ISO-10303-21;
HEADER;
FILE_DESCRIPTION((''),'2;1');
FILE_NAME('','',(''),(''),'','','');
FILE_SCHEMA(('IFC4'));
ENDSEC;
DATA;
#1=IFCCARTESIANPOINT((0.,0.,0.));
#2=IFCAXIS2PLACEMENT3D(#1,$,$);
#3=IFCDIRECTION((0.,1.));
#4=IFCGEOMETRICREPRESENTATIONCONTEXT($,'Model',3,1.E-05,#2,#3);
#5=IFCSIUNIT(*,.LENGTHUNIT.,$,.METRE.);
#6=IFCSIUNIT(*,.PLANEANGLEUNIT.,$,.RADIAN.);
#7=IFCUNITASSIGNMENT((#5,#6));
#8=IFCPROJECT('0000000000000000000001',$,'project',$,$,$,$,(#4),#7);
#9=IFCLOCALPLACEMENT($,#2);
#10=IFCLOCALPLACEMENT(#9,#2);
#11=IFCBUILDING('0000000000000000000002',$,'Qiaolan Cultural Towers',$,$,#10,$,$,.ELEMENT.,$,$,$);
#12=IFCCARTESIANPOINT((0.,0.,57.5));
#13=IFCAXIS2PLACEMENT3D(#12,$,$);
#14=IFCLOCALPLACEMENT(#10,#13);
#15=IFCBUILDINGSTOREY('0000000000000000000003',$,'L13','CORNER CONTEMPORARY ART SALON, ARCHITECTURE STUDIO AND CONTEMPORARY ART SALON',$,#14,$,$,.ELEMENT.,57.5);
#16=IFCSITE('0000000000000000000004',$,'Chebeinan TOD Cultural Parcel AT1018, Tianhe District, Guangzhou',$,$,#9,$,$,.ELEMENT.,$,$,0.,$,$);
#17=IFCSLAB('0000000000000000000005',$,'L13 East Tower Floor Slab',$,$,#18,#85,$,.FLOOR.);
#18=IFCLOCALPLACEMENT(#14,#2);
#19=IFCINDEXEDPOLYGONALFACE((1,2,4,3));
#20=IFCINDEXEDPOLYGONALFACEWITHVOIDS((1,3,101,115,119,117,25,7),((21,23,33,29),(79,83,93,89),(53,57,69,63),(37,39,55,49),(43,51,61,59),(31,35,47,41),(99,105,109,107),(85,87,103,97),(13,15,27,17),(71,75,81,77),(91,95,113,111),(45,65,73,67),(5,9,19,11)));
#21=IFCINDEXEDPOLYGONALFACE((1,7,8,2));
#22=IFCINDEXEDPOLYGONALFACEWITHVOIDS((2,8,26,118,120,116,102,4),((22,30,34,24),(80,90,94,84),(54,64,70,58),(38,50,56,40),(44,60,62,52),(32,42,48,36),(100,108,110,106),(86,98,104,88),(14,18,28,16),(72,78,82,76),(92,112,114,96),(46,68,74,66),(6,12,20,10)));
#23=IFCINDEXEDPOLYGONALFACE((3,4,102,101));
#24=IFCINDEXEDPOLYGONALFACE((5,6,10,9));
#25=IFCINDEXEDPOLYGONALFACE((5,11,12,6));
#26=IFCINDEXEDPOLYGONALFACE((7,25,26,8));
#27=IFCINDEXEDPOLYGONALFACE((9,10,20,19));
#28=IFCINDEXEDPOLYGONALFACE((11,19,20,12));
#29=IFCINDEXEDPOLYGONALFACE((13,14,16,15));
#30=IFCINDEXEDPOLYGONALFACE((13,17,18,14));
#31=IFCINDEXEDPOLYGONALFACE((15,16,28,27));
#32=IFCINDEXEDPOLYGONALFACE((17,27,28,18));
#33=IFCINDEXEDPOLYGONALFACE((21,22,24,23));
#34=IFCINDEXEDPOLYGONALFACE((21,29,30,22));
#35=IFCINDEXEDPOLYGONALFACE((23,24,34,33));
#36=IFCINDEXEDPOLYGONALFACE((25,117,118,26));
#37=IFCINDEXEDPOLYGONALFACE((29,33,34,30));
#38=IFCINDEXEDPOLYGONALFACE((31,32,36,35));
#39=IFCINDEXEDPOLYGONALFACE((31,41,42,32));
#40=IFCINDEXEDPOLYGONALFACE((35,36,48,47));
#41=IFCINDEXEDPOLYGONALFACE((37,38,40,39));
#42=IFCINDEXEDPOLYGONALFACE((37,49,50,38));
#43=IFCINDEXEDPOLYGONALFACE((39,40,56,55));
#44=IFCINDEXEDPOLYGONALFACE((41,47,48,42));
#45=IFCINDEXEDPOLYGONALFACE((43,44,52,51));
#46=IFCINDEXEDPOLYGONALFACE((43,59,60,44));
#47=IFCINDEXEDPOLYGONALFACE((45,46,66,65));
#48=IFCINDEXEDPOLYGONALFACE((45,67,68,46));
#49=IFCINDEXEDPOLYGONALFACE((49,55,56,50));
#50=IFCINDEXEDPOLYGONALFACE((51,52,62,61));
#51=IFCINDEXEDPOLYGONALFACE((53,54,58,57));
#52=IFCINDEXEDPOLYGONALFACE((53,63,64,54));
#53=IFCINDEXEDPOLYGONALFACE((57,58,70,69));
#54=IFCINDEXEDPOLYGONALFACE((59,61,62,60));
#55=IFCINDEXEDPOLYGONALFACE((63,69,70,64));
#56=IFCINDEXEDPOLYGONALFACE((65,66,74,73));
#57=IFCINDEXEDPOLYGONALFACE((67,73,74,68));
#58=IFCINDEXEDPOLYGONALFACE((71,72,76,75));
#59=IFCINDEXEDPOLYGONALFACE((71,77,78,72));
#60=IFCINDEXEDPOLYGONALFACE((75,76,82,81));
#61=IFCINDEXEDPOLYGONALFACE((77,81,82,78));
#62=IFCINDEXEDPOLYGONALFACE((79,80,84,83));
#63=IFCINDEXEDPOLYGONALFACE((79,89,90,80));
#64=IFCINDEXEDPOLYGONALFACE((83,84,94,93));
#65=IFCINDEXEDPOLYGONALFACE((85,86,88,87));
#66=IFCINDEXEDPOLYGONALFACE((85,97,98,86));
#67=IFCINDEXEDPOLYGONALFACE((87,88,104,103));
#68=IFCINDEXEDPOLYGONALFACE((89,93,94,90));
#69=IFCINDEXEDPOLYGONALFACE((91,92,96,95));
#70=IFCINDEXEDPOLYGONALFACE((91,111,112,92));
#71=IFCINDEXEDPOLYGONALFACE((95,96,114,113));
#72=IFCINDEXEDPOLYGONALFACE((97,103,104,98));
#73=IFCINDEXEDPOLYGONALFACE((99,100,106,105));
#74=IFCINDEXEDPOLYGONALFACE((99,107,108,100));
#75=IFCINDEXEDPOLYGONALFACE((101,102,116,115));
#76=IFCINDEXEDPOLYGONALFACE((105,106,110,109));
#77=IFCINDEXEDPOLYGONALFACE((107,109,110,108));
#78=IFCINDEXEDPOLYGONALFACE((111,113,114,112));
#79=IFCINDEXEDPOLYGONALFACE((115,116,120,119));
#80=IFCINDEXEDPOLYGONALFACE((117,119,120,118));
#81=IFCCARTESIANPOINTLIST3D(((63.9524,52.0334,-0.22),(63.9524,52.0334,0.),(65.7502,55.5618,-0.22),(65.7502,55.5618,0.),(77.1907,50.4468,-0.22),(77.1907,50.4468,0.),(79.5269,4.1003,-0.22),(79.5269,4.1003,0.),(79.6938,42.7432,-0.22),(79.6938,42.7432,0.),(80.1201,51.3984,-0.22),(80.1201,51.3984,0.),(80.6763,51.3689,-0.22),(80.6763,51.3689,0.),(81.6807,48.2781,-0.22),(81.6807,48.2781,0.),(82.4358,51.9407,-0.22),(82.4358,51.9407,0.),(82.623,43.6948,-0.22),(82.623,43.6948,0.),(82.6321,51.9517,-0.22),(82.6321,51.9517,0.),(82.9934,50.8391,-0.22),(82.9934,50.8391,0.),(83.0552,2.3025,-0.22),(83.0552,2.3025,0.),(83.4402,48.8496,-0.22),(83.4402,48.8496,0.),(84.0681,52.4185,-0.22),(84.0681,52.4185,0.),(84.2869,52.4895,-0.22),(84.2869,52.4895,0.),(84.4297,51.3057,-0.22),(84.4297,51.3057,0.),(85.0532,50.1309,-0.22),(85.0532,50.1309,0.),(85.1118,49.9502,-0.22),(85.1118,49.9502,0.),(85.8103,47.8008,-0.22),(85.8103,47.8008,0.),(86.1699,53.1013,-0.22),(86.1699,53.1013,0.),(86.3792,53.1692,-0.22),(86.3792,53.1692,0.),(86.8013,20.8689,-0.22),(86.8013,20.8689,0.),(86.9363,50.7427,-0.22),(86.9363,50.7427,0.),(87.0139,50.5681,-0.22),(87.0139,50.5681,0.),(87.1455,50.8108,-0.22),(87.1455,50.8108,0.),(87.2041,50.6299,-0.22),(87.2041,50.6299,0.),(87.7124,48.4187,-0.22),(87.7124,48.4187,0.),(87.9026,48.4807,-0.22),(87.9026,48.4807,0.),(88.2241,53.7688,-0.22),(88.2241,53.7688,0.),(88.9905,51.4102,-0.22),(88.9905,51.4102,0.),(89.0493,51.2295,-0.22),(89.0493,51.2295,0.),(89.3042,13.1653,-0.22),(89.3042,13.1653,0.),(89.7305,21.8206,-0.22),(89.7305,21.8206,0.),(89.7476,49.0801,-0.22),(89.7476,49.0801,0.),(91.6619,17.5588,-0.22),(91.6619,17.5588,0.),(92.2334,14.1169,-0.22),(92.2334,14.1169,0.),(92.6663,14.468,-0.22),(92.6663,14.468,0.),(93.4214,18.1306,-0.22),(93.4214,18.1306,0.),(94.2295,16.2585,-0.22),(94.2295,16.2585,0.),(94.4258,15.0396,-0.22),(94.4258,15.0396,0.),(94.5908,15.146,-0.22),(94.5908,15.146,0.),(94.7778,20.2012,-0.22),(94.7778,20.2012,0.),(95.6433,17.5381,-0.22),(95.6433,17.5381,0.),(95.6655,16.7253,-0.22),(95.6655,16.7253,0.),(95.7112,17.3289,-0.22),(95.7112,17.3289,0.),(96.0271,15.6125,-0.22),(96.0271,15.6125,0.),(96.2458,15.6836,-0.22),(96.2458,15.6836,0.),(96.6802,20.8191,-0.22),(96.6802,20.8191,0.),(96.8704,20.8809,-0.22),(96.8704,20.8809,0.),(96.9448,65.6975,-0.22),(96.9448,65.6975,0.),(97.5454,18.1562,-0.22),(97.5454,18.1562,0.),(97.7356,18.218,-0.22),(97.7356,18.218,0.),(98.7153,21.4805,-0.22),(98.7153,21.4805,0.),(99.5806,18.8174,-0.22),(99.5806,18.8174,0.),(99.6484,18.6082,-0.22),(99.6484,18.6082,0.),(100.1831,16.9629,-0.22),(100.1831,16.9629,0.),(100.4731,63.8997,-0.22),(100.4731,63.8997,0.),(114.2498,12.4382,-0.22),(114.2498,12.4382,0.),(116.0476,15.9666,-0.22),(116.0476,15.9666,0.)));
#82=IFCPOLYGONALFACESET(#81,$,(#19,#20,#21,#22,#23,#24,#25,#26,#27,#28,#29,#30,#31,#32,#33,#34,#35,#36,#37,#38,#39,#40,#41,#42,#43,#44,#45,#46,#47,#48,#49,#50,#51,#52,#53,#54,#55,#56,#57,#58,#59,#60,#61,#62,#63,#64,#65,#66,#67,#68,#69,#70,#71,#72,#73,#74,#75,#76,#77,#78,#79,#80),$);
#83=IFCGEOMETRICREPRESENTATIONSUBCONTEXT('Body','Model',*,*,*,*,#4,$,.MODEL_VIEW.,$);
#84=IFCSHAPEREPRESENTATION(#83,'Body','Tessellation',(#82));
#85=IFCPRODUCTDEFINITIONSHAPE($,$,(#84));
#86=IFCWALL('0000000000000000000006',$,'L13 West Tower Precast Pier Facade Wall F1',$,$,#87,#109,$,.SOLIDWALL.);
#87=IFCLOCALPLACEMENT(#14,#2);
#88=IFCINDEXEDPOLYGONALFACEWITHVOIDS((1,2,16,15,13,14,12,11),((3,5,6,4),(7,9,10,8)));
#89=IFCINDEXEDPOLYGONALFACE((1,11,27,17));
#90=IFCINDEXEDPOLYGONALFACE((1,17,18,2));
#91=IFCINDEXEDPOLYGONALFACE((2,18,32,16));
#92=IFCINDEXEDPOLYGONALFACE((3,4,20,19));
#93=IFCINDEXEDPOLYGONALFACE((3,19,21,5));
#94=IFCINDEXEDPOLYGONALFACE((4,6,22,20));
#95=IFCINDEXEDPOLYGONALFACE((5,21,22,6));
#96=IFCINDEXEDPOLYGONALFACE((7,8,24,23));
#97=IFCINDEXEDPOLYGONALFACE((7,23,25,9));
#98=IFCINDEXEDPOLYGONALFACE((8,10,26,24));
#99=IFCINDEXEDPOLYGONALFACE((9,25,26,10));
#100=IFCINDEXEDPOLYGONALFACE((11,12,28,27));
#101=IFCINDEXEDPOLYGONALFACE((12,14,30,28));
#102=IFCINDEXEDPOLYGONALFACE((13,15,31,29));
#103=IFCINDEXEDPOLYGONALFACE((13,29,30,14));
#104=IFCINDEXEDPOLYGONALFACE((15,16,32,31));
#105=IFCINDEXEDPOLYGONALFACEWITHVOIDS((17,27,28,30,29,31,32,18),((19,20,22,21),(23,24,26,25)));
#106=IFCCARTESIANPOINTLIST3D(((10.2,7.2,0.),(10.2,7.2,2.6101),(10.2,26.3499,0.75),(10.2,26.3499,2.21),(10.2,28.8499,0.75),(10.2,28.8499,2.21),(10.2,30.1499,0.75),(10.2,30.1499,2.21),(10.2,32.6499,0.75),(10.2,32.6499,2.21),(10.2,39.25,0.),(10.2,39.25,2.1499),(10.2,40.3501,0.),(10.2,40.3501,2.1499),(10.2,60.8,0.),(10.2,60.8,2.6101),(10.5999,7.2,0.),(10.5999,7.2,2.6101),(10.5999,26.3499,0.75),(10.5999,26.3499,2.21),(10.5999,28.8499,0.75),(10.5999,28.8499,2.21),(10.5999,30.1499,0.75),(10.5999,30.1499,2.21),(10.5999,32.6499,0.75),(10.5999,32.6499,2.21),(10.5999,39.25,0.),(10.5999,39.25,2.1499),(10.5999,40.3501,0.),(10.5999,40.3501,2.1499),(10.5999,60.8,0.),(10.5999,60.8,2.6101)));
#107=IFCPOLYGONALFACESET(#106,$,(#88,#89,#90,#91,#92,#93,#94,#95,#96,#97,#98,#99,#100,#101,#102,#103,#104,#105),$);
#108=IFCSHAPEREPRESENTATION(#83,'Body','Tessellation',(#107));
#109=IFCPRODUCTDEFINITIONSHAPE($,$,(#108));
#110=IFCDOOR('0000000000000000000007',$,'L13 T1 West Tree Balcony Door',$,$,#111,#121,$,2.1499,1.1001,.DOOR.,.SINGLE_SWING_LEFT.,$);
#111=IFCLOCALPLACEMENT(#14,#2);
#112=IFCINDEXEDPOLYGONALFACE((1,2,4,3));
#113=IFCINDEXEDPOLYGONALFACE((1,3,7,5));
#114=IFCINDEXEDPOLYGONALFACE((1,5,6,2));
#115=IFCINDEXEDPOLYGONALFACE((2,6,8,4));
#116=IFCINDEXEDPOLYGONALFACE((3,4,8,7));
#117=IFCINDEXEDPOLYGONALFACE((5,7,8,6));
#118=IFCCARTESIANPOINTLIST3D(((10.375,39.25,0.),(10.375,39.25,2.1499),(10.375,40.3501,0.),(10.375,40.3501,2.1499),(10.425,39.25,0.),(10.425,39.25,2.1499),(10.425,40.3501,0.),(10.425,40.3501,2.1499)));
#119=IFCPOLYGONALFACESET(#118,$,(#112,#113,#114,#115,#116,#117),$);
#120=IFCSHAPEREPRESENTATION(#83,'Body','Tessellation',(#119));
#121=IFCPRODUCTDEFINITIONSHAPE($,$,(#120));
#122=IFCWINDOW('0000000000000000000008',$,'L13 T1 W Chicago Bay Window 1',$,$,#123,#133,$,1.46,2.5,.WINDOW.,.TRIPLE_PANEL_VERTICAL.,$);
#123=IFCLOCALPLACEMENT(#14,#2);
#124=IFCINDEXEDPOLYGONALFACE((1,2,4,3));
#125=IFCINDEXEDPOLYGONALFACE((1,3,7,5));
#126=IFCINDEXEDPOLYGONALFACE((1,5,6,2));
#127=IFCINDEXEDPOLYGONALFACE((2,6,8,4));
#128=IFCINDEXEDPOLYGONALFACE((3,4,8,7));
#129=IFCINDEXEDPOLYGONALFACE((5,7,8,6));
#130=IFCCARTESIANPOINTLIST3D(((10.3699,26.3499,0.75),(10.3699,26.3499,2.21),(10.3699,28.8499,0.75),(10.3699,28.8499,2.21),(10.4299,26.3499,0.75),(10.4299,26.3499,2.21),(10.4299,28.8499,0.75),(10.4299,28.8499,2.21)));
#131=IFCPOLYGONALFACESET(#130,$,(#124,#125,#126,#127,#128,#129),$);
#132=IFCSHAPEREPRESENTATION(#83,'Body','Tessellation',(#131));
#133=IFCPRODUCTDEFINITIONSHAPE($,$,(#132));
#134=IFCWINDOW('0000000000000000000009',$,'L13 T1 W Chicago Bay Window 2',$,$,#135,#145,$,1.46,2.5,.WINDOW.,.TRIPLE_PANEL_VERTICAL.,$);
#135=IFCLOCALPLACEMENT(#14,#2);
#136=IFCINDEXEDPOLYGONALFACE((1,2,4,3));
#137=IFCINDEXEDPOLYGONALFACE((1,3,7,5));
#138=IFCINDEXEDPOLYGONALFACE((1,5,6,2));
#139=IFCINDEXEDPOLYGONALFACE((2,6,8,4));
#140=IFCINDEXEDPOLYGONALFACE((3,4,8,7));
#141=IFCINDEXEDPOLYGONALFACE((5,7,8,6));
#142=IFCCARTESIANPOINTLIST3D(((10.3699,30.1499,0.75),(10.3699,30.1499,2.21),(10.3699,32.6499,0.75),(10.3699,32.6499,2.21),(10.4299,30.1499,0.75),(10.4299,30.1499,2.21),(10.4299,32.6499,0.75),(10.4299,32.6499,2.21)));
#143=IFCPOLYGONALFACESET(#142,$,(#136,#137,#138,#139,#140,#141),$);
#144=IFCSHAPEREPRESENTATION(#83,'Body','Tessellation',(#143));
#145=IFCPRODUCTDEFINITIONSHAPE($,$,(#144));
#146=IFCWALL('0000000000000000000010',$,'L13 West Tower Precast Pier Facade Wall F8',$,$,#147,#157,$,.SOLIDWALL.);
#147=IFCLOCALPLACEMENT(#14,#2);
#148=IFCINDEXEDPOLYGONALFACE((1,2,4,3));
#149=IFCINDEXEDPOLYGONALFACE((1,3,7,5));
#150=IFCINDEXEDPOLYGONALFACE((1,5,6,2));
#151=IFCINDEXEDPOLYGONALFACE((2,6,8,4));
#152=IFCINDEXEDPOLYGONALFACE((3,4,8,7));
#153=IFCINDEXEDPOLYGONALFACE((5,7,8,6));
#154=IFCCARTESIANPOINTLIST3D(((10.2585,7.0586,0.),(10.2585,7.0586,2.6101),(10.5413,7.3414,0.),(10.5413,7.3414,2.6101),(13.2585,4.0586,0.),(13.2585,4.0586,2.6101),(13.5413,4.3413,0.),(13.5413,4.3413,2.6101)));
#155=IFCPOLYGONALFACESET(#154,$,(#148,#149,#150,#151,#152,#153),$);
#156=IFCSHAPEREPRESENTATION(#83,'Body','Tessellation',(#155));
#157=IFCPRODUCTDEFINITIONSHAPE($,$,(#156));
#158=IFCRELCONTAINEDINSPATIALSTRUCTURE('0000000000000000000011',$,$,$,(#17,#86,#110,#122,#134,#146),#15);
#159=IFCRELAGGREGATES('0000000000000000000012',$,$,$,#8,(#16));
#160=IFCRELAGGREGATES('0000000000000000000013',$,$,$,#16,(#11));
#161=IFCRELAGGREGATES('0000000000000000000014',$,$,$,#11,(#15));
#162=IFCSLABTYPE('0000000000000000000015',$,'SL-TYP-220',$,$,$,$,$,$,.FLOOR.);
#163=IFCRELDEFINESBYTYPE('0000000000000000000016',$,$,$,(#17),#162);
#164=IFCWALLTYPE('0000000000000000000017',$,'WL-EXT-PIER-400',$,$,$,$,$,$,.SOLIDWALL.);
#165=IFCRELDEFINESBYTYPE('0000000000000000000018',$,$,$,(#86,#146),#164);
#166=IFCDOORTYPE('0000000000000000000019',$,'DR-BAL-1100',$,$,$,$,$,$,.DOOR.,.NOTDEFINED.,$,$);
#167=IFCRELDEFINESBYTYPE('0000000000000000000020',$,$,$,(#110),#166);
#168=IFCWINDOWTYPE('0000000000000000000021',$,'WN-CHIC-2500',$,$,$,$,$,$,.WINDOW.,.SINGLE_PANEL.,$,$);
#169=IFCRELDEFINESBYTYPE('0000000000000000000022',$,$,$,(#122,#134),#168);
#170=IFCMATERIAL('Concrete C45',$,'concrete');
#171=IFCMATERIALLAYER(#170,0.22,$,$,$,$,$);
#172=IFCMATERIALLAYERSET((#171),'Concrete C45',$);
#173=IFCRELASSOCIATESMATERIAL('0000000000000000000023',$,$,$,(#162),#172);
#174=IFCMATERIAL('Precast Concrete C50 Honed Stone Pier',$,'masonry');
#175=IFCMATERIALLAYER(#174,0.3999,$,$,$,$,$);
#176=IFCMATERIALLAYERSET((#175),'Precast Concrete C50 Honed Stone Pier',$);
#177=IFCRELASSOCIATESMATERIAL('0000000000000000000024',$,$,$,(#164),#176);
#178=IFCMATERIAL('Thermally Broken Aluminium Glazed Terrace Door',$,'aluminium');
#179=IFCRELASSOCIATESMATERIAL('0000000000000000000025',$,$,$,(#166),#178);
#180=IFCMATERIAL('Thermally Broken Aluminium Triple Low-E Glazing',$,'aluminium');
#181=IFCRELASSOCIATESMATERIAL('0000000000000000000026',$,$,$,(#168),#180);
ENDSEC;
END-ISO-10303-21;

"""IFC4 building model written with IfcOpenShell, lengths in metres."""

from ifc_helpers import new_model, si_unit, direction, frame, frame_2d, origin, place, context, subcontext, project, spatial, polyline, rectangle, outline, extrude, material, layer, layer_set, type_object, element, fill, save


model = new_model("IFC4")

# Units and contexts
model_context = context("Model", 3, precision=1e-05, world=origin(), true_north=direction((0.0, 1.0)))
body_context = subcontext(model_context, "Body", "Model", "MODEL_VIEW")
ifc_project = project(units=[si_unit("LENGTHUNIT", "METRE"), si_unit("PLANEANGLEUNIT", "RADIAN")], contexts=[model_context])

# Site, building, storey
site_placement = place(None, origin())
site = spatial("IfcSite", under=ifc_project, at=site_placement, Name="Chebeinan TOD Cultural Parcel AT1018, Tianhe District, Guangzhou", CompositionType="ELEMENT", RefElevation=0.0)
building_placement = place(site_placement, origin())
building = spatial("IfcBuilding", under=site, at=building_placement, Name="Qiaolan Cultural Towers", CompositionType="ELEMENT")
storey_placement = place(building_placement, frame((0.0, 0.0, 57.5)))
storey = spatial("IfcBuildingStorey", under=building, at=storey_placement, Name="L13", Description="CORNER CONTEMPORARY ART SALON, ARCHITECTURE STUDIO AND CONTEMPORARY ART SALON", CompositionType="ELEMENT", Elevation=57.5)

# Slab
ifc_material_1 = material(Name="Concrete C45", Category="concrete")
ifc_layer_1 = layer(ifc_material_1, 0.22)
ifc_layer_set_1 = layer_set([ifc_layer_1], Name="Concrete C45")
slab_type_1 = type_object("IfcSlabType", Name="SL-TYP-220", PredefinedType="FLOOR", material=ifc_layer_set_1)
slab_1_placement = place(storey_placement, frame((0.0, 0.0, -0.22)))
element("IfcSlab", 1, at=slab_1_placement, inside=storey, type_object=slab_type_1, Name="L13 East Tower Floor Slab", PredefinedType="FLOOR", context=body_context, shape_type="SweptSolid", body=[
    extrude(outline(polyline([(83.0552, 2.3025), (114.2498, 12.4382), (116.0476, 15.9666), (100.4731, 63.8997), (96.9448, 65.6975), (65.7502, 55.5618), (63.9524, 52.0334), (79.5269, 4.1003), (83.0552, 2.3025)]), holes=[polyline([(86.8013, 20.8689), (89.3042, 13.1653), (92.2334, 14.1169), (89.7305, 21.8206), (86.8013, 20.8689)]), polyline([(82.623, 43.6948), (80.1201, 51.3984), (77.1907, 50.4468), (79.6938, 42.7432), (82.623, 43.6948)]), polyline([(92.6663, 14.468), (94.4258, 15.0396), (93.4214, 18.1306), (91.6619, 17.5588), (92.6663, 14.468)]), polyline([(94.5908, 15.146), (96.0271, 15.6125), (95.6655, 16.7253), (94.2295, 16.2585), (94.5908, 15.146)]), polyline([(95.6433, 17.5381), (97.5454, 18.1562), (96.6802, 20.8191), (94.7778, 20.2012), (95.6433, 17.5381)]), polyline([(97.7356, 18.218), (99.5806, 18.8174), (98.7153, 21.4805), (96.8704, 20.8809), (97.7356, 18.218)]), polyline([(96.2458, 15.6836), (100.1831, 16.9629), (99.6484, 18.6082), (95.7112, 17.3289), (96.2458, 15.6836)]), polyline([(81.6807, 48.2781), (83.4402, 48.8496), (82.4358, 51.9407), (80.6763, 51.3689), (81.6807, 48.2781)]), polyline([(82.9934, 50.8391), (84.4297, 51.3057), (84.0681, 52.4185), (82.6321, 51.9517), (82.9934, 50.8391)]), polyline([(85.8103, 47.8008), (87.7124, 48.4187), (87.0139, 50.5681), (85.1118, 49.9502), (85.8103, 47.8008)]), polyline([(87.9026, 48.4807), (89.7476, 49.0801), (89.0493, 51.2295), (87.2041, 50.6299), (87.9026, 48.4807)]), polyline([(85.0532, 50.1309), (86.9363, 50.7427), (86.1699, 53.1013), (84.2869, 52.4895), (85.0532, 50.1309)]), polyline([(87.1455, 50.8108), (88.9905, 51.4102), (88.2241, 53.7688), (86.3792, 53.1692), (87.1455, 50.8108)])]), origin(), (0.0, 0.0, 1.0), 0.22),
])

# Wall, openings, door, windows
ifc_material_2 = material(Name="Precast Concrete C50 Honed Stone Pier", Category="masonry")
ifc_layer_2 = layer(ifc_material_2, 0.3999)
ifc_layer_set_2 = layer_set([ifc_layer_2], Name="Precast Concrete C50 Honed Stone Pier")
wall_type_1 = type_object("IfcWallType", Name="WL-EXT-PIER-400", PredefinedType="SOLIDWALL", material=ifc_layer_set_2)
wall_1_placement = place(storey_placement, frame((10.3999, 7.2, 0.0), z_axis=(0.0, 0.0, 1.0), x_axis=(0.0, 1.0, 0.0)))
wall_1 = element("IfcWall", 2, at=wall_1_placement, inside=storey, type_object=wall_type_1, Name="L13 West Tower Precast Pier Facade Wall F1", PredefinedType="SOLIDWALL", context=body_context, shape_type="SweptSolid", body=[
    extrude(rectangle(XDim=53.6001, YDim=0.3999, at=frame_2d((26.8, 0.0))), origin(), (0.0, 0.0, 1.0), 2.6101),
])
opening_1_placement = place(wall_1_placement, frame((19.1499, 0.0, 0.75)))
opening_1 = element("IfcOpeningElement", 3, at=opening_1_placement, cuts=wall_1, PredefinedType="OPENING", context=body_context, shape_type="SweptSolid", body=[
    extrude(rectangle(XDim=2.5, YDim=1.46, at=frame_2d((1.25, 0.73))), frame((0.0, 0.21, 0.0), z_axis=(0.0, -1.0, 0.0), x_axis=(1.0, 0.0, 0.0)), (0.0, 0.0, 1.0), 0.4199),
])
opening_2_placement = place(wall_1_placement, frame((22.95, 0.0, 0.75)))
opening_2 = element("IfcOpeningElement", 4, at=opening_2_placement, cuts=wall_1, PredefinedType="OPENING", context=body_context, shape_type="SweptSolid", body=[
    extrude(rectangle(XDim=2.5, YDim=1.46, at=frame_2d((1.25, 0.73))), frame((0.0, 0.21, 0.0), z_axis=(0.0, -1.0, 0.0), x_axis=(1.0, 0.0, 0.0)), (0.0, 0.0, 1.0), 0.4199),
])
opening_3_placement = place(wall_1_placement, frame((32.05, 0.0, 0.0)))
opening_3 = element("IfcOpeningElement", 5, at=opening_3_placement, cuts=wall_1, PredefinedType="OPENING", context=body_context, shape_type="SweptSolid", body=[
    extrude(rectangle(XDim=1.1001, YDim=2.1499, at=frame_2d((0.55, 1.075))), frame((0.0, 0.21, 0.0), z_axis=(0.0, -1.0, 0.0), x_axis=(1.0, 0.0, 0.0)), (0.0, 0.0, 1.0), 0.4199),
])
ifc_material_3 = material(Name="Thermally Broken Aluminium Glazed Terrace Door", Category="aluminium")
door_type = type_object("IfcDoorType", Name="DR-BAL-1100", OperationType="NOTDEFINED", PredefinedType="DOOR", material=ifc_material_3)
door_placement = place(opening_3_placement, origin())
door = element("IfcDoor", 6, at=door_placement, inside=storey, type_object=door_type, Name="L13 T1 West Tree Balcony Door", OperationType="SINGLE_SWING_LEFT", OverallHeight=2.1499, OverallWidth=1.1001, PredefinedType="DOOR", context=body_context, shape_type="SweptSolid", body=[
    extrude(rectangle(XDim=1.1001, YDim=2.1499, at=frame_2d((0.55, 1.075))), frame((0.0, 0.0249, 0.0), z_axis=(0.0, -1.0, 0.0), x_axis=(1.0, 0.0, 0.0)), (0.0, 0.0, 1.0), 0.05),
])
fill(opening_3, door)
ifc_material_4 = material(Name="Thermally Broken Aluminium Triple Low-E Glazing", Category="aluminium")
window_type = type_object("IfcWindowType", Name="WN-CHIC-2500", PartitioningType="SINGLE_PANEL", PredefinedType="WINDOW", material=ifc_material_4)
window_1_placement = place(opening_1_placement, origin())
window_1 = element("IfcWindow", 7, at=window_1_placement, inside=storey, type_object=window_type, Name="L13 T1 W Chicago Bay Window 1", OverallHeight=1.46, OverallWidth=2.5, PartitioningType="TRIPLE_PANEL_VERTICAL", PredefinedType="WINDOW", context=body_context, shape_type="SweptSolid", body=[
    extrude(rectangle(XDim=2.5, YDim=1.46, at=frame_2d((1.25, 0.73))), frame((0.0, 0.03, 0.0), z_axis=(0.0, -1.0, 0.0), x_axis=(1.0, 0.0, 0.0)), (0.0, 0.0, 1.0), 0.0601),
])
fill(opening_1, window_1)
window_2_placement = place(opening_2_placement, origin())
window_2 = element("IfcWindow", 8, at=window_2_placement, inside=storey, type_object=window_type, Name="L13 T1 W Chicago Bay Window 2", OverallHeight=1.46, OverallWidth=2.5, PartitioningType="TRIPLE_PANEL_VERTICAL", PredefinedType="WINDOW", context=body_context, shape_type="SweptSolid", body=[
    extrude(rectangle(XDim=2.5, YDim=1.46, at=frame_2d((1.25, 0.73))), frame((0.0, 0.03, 0.0), z_axis=(0.0, -1.0, 0.0), x_axis=(1.0, 0.0, 0.0)), (0.0, 0.0, 1.0), 0.0601),
])
fill(opening_2, window_2)

# Wall
wall_2_placement = place(storey_placement, frame((13.3999, 4.2, 0.0), z_axis=(0.0, 0.0, 1.0), x_axis=(-0.707107, 0.707107, 0.0)))
element("IfcWall", 9, at=wall_2_placement, inside=storey, type_object=wall_type_1, Name="L13 West Tower Precast Pier Facade Wall F8", PredefinedType="SOLIDWALL", context=body_context, shape_type="SweptSolid", body=[
    extrude(rectangle(XDim=4.2427, YDim=0.3999, at=frame_2d((2.1213, 0.0))), origin(), (0.0, 0.0, 1.0), 2.6101),
])

save(model, "model.ifc")
